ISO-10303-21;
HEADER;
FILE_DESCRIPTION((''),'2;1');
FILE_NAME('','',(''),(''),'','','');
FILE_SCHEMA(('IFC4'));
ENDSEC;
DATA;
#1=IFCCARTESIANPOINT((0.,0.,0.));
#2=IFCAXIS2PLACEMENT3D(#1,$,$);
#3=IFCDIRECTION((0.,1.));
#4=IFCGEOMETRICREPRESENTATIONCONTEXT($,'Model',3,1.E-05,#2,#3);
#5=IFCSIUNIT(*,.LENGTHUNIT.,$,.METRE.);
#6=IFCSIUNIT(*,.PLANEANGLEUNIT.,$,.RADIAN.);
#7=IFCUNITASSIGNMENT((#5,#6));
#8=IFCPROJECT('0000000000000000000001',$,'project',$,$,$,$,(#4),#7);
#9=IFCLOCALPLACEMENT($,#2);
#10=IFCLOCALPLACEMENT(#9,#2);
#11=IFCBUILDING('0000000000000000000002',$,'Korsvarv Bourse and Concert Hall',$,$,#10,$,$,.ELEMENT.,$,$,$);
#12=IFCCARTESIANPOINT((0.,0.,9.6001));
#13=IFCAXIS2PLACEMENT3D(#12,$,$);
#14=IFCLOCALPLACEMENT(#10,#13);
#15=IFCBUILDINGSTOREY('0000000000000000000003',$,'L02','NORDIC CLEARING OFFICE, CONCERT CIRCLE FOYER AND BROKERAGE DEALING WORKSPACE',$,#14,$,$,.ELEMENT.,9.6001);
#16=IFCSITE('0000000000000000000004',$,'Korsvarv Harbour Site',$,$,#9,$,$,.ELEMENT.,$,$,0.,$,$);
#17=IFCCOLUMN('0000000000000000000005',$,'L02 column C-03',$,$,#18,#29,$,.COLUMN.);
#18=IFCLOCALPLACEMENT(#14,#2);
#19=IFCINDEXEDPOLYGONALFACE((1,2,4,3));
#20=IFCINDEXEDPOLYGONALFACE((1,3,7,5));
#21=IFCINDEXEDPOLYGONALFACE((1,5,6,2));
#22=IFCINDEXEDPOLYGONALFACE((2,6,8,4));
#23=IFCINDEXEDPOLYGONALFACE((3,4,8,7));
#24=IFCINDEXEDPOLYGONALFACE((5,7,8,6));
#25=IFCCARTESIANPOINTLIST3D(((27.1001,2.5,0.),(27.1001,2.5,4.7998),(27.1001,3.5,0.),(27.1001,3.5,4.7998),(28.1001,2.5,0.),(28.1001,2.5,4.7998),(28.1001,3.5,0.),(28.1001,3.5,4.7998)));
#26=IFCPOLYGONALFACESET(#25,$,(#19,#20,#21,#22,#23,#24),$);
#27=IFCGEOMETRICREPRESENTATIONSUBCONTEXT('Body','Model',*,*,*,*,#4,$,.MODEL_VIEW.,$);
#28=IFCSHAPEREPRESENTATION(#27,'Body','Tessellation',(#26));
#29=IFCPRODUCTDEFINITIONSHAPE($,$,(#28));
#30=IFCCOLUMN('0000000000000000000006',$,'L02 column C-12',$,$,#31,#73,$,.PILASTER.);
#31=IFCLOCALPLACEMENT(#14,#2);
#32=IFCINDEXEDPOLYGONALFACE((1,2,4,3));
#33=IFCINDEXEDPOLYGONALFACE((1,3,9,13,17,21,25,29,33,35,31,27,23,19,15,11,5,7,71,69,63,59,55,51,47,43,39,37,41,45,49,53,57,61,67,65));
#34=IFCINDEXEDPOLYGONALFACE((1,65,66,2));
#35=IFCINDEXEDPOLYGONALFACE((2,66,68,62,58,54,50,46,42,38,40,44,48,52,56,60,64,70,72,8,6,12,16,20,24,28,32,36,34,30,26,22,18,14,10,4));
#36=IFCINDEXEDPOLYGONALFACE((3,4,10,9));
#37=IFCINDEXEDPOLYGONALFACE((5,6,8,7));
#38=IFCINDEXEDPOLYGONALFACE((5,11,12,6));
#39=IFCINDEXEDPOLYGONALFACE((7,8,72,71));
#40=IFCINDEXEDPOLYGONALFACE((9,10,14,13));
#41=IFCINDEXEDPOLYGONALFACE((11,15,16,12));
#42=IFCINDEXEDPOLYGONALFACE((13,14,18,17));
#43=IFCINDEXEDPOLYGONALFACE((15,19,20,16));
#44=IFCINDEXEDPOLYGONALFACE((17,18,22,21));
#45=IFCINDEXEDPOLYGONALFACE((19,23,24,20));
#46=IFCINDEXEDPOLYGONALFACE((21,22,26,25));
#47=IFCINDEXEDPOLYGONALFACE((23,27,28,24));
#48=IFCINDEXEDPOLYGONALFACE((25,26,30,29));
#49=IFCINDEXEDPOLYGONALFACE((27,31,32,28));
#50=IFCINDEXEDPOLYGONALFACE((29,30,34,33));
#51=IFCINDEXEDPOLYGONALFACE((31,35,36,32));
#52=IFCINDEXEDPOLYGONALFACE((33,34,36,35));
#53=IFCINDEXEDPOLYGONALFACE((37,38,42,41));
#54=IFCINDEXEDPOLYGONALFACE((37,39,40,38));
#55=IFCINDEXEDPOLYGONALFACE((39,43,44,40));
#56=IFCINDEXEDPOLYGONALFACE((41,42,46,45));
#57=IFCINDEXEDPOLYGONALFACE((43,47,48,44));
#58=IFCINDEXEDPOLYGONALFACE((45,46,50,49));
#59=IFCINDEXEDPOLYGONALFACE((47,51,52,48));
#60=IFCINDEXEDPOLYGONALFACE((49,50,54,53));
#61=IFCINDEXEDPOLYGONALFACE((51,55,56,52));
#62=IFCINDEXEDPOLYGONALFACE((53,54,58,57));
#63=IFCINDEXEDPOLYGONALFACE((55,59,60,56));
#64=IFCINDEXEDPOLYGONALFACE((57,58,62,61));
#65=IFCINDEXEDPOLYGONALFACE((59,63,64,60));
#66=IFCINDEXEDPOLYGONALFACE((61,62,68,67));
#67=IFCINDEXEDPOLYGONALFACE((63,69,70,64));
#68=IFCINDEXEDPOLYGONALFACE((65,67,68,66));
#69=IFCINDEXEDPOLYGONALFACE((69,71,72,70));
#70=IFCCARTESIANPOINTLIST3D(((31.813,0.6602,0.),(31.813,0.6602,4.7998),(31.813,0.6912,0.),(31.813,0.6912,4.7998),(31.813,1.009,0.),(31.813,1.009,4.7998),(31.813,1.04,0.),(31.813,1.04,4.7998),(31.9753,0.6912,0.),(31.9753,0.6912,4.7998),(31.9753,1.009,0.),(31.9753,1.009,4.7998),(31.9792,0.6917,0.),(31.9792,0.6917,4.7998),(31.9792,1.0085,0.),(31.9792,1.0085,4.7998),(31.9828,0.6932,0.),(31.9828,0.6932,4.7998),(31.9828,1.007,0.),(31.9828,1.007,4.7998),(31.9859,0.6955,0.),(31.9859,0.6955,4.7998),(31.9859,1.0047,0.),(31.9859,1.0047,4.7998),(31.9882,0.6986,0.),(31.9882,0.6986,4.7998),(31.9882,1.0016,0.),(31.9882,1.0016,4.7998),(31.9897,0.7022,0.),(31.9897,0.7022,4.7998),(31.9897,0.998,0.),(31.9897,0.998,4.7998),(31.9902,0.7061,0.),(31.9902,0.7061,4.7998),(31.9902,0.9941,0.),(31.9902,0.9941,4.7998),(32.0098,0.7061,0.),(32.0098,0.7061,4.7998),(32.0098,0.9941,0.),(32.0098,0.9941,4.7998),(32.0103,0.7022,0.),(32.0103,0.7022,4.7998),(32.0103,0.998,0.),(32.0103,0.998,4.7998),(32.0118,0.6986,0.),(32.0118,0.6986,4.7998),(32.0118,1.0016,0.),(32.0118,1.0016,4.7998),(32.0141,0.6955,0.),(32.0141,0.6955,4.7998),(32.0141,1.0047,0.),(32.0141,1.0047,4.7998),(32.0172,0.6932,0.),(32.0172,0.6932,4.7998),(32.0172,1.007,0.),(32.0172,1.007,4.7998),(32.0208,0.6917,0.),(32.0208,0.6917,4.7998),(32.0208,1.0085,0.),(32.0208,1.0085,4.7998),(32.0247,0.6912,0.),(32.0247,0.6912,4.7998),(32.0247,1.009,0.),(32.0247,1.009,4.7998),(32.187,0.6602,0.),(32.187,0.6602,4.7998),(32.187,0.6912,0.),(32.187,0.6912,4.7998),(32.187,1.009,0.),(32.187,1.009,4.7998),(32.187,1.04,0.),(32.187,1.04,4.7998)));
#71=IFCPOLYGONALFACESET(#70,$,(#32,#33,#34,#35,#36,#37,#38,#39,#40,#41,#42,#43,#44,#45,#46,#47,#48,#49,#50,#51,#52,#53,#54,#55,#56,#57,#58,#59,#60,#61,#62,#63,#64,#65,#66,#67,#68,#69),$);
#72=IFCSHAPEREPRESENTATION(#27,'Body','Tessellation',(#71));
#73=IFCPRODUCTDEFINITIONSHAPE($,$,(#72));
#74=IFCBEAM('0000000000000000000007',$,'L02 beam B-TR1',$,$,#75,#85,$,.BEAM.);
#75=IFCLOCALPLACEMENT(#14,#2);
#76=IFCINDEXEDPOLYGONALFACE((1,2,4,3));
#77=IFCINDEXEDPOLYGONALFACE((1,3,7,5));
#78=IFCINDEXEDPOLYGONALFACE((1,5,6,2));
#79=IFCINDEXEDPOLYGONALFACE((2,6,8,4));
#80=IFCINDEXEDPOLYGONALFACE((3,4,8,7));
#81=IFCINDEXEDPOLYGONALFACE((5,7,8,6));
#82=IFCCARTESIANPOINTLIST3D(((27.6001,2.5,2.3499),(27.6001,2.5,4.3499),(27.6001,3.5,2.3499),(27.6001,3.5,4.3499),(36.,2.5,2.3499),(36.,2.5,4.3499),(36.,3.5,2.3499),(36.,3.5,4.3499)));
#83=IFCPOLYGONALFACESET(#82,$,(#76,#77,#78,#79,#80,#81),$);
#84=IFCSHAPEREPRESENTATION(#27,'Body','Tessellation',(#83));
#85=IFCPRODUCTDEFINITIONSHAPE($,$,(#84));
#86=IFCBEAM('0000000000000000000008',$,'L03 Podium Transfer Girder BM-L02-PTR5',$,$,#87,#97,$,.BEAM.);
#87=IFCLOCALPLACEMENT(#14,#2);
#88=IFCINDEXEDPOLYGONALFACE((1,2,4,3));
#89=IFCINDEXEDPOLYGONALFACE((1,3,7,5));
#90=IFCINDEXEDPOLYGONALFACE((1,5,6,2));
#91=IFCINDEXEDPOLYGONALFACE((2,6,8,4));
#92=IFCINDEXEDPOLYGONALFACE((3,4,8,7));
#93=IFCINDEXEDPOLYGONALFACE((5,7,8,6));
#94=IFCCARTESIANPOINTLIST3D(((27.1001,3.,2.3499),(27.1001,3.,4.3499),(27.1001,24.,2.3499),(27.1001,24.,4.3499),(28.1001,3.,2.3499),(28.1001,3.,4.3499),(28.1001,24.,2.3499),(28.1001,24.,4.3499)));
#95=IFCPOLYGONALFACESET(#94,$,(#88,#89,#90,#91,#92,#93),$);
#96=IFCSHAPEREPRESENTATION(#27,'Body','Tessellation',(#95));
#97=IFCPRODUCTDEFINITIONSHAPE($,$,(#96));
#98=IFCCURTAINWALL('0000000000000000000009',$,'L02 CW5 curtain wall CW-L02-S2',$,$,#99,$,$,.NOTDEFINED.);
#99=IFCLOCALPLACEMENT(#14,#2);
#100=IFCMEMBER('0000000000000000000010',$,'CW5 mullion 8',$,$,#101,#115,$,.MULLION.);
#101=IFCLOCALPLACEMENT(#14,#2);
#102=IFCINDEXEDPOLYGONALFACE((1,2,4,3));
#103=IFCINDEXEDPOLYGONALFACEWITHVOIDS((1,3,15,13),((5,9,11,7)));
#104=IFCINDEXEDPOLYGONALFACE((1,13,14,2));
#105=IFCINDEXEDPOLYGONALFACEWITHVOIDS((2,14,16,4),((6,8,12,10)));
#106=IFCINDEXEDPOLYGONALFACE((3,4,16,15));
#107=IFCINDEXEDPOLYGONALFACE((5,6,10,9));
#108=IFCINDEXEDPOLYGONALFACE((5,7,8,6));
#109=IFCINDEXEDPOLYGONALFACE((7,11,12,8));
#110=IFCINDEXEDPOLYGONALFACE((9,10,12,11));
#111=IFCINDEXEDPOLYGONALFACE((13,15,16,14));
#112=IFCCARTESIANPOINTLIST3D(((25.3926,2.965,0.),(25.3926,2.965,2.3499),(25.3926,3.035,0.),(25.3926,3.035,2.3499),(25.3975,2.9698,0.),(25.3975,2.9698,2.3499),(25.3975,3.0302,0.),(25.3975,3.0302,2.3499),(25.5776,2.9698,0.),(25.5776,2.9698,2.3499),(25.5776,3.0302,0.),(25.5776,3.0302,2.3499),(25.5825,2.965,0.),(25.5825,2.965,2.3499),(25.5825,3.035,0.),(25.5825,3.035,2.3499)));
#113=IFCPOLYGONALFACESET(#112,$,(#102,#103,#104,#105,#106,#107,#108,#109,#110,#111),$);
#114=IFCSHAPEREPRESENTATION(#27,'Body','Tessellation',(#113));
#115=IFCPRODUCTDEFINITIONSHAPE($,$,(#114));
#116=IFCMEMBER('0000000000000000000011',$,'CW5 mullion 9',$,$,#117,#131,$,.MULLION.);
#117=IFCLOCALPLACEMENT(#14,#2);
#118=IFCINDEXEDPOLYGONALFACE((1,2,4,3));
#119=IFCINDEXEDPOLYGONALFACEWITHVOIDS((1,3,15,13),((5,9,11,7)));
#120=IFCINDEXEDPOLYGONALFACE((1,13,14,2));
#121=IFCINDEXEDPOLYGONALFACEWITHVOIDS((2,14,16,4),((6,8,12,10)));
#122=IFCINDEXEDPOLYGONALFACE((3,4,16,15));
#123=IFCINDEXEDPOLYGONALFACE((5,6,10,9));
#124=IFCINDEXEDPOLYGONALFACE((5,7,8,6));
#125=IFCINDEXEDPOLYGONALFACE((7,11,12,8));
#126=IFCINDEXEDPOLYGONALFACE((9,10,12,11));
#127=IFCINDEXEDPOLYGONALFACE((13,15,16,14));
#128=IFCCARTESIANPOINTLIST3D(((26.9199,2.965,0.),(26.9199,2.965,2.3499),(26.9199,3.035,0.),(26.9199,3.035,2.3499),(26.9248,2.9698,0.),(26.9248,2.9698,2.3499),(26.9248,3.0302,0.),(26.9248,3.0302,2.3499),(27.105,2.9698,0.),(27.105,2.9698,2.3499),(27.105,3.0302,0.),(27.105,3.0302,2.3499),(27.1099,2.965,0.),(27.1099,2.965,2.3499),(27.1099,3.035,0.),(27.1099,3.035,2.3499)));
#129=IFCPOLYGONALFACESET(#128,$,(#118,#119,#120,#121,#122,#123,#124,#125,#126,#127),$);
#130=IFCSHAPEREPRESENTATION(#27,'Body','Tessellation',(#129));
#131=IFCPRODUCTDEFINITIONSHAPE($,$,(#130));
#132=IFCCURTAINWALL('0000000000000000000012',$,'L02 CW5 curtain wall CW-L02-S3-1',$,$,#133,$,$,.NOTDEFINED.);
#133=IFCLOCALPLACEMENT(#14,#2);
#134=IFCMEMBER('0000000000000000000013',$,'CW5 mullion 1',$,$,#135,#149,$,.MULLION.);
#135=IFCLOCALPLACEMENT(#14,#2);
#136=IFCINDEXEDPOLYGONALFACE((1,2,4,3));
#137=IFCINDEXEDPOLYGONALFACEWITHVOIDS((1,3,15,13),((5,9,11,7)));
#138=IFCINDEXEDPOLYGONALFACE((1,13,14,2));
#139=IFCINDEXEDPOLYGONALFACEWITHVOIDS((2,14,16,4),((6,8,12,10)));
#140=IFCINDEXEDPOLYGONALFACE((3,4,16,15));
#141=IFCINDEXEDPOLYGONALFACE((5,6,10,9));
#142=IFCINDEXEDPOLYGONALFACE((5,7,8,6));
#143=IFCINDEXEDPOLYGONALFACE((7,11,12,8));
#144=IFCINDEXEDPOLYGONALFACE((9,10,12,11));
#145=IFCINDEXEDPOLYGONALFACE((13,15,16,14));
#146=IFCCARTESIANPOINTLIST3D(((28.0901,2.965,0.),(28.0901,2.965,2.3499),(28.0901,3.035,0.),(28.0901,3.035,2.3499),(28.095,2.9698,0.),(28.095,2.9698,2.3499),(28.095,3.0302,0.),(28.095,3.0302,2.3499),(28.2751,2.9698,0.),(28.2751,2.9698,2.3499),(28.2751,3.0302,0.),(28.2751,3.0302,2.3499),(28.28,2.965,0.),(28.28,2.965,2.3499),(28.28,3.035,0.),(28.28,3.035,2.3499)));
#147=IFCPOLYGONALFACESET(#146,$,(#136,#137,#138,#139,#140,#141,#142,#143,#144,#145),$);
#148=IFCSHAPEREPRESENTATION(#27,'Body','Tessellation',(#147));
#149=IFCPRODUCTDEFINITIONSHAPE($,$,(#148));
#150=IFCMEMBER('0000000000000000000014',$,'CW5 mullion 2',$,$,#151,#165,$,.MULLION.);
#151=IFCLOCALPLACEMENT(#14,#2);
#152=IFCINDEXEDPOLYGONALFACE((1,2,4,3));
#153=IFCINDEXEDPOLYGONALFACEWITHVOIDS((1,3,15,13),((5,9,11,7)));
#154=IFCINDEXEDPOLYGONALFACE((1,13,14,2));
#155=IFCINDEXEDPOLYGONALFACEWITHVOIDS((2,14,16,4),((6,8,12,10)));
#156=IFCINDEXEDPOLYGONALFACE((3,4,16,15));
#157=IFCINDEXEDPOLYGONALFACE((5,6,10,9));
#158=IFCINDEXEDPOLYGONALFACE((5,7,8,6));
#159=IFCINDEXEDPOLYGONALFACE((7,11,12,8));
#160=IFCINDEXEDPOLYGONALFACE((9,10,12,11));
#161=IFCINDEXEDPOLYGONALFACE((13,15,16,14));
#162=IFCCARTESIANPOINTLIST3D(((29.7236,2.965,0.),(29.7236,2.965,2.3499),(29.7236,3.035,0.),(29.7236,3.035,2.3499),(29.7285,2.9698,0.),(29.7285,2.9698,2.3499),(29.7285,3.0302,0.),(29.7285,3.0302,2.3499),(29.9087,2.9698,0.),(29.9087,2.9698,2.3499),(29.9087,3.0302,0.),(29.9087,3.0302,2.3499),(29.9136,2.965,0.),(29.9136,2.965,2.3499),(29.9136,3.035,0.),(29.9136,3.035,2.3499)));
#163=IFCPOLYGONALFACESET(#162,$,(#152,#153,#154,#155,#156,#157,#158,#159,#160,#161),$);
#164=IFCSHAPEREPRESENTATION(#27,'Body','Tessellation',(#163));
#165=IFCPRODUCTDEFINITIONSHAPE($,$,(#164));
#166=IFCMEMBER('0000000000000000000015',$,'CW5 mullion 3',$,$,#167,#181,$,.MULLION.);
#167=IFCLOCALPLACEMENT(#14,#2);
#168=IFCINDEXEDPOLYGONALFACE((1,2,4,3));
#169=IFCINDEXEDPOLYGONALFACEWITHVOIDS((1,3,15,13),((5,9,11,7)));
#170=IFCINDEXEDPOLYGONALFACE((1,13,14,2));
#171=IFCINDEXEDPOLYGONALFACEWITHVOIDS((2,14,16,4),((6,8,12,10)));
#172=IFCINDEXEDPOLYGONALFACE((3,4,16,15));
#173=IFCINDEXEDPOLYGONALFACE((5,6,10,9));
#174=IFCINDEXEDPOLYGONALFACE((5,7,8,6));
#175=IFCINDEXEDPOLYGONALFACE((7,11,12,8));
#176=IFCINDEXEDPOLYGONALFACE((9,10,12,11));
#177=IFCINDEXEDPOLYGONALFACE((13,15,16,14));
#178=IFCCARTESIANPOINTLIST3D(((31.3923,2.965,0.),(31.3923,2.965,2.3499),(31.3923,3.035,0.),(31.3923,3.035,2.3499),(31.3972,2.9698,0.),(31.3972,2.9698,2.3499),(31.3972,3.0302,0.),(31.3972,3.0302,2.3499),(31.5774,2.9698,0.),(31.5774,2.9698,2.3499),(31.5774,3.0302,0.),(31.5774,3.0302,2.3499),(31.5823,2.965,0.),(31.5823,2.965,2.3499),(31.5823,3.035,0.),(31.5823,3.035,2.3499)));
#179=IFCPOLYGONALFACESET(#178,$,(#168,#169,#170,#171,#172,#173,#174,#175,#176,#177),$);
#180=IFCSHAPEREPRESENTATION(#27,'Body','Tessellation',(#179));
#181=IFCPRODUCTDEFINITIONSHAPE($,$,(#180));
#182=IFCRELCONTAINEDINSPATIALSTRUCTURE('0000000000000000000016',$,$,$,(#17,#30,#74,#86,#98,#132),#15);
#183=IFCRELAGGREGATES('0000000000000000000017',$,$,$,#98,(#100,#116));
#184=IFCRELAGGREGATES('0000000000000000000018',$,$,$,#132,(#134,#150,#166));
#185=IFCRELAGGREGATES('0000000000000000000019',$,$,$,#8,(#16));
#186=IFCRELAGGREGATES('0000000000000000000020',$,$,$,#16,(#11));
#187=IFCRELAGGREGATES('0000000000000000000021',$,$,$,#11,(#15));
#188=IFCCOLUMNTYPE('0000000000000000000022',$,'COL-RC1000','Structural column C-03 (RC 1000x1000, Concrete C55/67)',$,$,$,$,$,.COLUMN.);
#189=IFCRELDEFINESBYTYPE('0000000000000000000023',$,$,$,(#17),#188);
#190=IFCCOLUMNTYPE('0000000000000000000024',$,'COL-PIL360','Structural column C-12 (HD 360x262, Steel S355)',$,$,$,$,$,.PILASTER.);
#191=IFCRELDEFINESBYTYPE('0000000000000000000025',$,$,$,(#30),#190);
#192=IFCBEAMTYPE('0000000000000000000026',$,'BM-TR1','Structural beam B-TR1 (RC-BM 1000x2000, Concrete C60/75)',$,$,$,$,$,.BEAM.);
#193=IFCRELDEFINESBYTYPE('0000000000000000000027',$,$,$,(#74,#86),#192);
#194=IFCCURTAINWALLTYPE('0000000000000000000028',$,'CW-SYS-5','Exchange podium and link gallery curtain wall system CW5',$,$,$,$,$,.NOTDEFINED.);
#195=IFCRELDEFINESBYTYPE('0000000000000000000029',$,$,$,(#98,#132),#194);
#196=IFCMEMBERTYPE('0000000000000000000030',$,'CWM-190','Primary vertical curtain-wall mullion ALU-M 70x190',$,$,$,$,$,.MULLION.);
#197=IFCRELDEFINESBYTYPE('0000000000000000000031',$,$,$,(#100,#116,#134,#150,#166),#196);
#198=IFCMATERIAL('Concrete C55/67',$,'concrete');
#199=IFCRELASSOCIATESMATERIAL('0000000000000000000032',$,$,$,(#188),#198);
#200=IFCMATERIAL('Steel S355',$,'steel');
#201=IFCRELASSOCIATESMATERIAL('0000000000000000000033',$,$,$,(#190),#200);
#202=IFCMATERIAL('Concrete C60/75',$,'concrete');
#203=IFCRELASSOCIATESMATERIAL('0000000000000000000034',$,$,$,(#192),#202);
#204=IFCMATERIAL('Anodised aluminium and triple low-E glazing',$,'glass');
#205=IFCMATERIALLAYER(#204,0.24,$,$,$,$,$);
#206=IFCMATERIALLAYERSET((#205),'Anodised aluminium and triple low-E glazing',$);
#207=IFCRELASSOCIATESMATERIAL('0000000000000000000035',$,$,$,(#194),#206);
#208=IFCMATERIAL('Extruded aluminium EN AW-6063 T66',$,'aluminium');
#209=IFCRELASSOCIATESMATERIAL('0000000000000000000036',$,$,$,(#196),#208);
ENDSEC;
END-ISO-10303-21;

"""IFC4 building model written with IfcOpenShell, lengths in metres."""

from ifc_helpers import new_model, si_unit, direction, frame, origin, origin_2d, place, context, subcontext, project, spatial, rectangle, hollow_rectangle, i_section, extrude, source, transform, mapped, material, layer, layer_set, material_profile, profile_set, type_object, element, aggregate, save


model = new_model("IFC4")

# Units and contexts
model_context = context("Model", 3, precision=1e-05, world=origin(), true_north=direction((0.0, 1.0)))
body_context = subcontext(model_context, "Body", "Model", "MODEL_VIEW")
ifc_project = project(units=[si_unit("LENGTHUNIT", "METRE"), si_unit("PLANEANGLEUNIT", "RADIAN")], contexts=[model_context])

# Site, building, storey
site_placement = place(None, origin())
site = spatial("IfcSite", under=ifc_project, at=site_placement, Name="Korsvarv Harbour Site", CompositionType="ELEMENT", RefElevation=0.0)
building_placement = place(site_placement, origin())
building = spatial("IfcBuilding", under=site, at=building_placement, Name="Korsvarv Bourse and Concert Hall", CompositionType="ELEMENT")
storey_placement = place(building_placement, frame((0.0, 0.0, 9.6001)))
storey = spatial("IfcBuildingStorey", under=building, at=storey_placement, Name="L02", Description="NORDIC CLEARING OFFICE, CONCERT CIRCLE FOYER AND BROKERAGE DEALING WORKSPACE", CompositionType="ELEMENT", Elevation=9.6001)

# Columns
ifc_material_1 = material(Name="Concrete C55/67", Category="concrete")
ifc_material_profile_1 = material_profile(ifc_material_1, rectangle(XDim=1.0, YDim=1.0, at=origin_2d()), Name="RC 1000x1000")
ifc_profile_set_1 = profile_set([ifc_material_profile_1], Name="Concrete C55/67")
column_type_1 = type_object("IfcColumnType", Name="COL-RC1000", Description="Structural column C-03 (RC 1000x1000, Concrete C55/67)", PredefinedType="COLUMN", material=ifc_profile_set_1)
shared_shape_1 = source(origin(), body_context, "Body", "SweptSolid", [
    extrude(rectangle(XDim=1.0, YDim=1.0, at=origin_2d()), origin(), (0.0, 0.0, 1.0), 4.7998),
])
column_1_placement = place(storey_placement, frame((27.6001, 3.0, 0.0), z_axis=(0.0, 0.0, 1.0), x_axis=(1.0, 0.0, 0.0)))
element("IfcColumn", 1, at=column_1_placement, inside=storey, type_object=column_type_1, Name="L02 column C-03", PredefinedType="COLUMN", context=body_context, shape_type="MappedRepresentation", body=[
    mapped(shared_shape_1, transform((0.0, 0.0, 0.0), scale=1.0)),
])
ifc_material_2 = material(Name="Steel S355", Category="steel")
ifc_material_profile_2 = material_profile(ifc_material_2, i_section(OverallWidth=0.374, OverallDepth=0.3799, WebThickness=0.0195, FlangeThickness=0.031, FilletRadius=0.0149, at=origin_2d()), Name="HD 360x262")
ifc_profile_set_2 = profile_set([ifc_material_profile_2], Name="Steel S355")
column_type_2 = type_object("IfcColumnType", Name="COL-PIL360", Description="Structural column C-12 (HD 360x262, Steel S355)", PredefinedType="PILASTER", material=ifc_profile_set_2)
shared_shape_2 = source(origin(), body_context, "Body", "SweptSolid", [
    extrude(i_section(OverallWidth=0.374, OverallDepth=0.3799, WebThickness=0.0195, FlangeThickness=0.031, FilletRadius=0.0149, at=origin_2d()), origin(), (0.0, 0.0, 1.0), 4.7998),
])
column_2_placement = place(storey_placement, frame((32.0, 0.8501, 0.0), z_axis=(0.0, 0.0, 1.0), x_axis=(1.0, 0.0, 0.0)))
element("IfcColumn", 2, at=column_2_placement, inside=storey, type_object=column_type_2, Name="L02 column C-12", PredefinedType="PILASTER", context=body_context, shape_type="MappedRepresentation", body=[
    mapped(shared_shape_2, transform((0.0, 0.0, 0.0), scale=1.0)),
])

# Beams
ifc_material_3 = material(Name="Concrete C60/75", Category="concrete")
ifc_material_profile_3 = material_profile(ifc_material_3, rectangle(XDim=1.0, YDim=2.0, at=origin_2d()), Name="RC-BM 1000x2000")
ifc_profile_set_3 = profile_set([ifc_material_profile_3], Name="Concrete C60/75")
beam_type = type_object("IfcBeamType", Name="BM-TR1", Description="Structural beam B-TR1 (RC-BM 1000x2000, Concrete C60/75)", PredefinedType="BEAM", material=ifc_profile_set_3)
shared_shape_3 = source(origin(), body_context, "Body", "SweptSolid", [
    extrude(rectangle(XDim=1.0, YDim=2.0, at=origin_2d()), origin(), (0.0, 0.0, 1.0), 8.3999),
])
beam_1_placement = place(storey_placement, frame((27.6001, 3.0, 3.3499), z_axis=(1.0, 0.0, 0.0), x_axis=(0.0, 1.0, 0.0)))
element("IfcBeam", 3, at=beam_1_placement, inside=storey, type_object=beam_type, Name="L02 beam B-TR1", PredefinedType="BEAM", context=body_context, shape_type="MappedRepresentation", body=[
    mapped(shared_shape_3, transform((0.0, 0.0, 0.0), scale=1.0)),
])
shared_shape_4 = source(origin(), body_context, "Body", "SweptSolid", [
    extrude(rectangle(XDim=1.0, YDim=2.0, at=origin_2d()), origin(), (0.0, 0.0, 1.0), 21.0),
])
beam_2_placement = place(storey_placement, frame((27.6001, 3.0, 3.3499), z_axis=(0.0, 1.0, 0.0), x_axis=(-1.0, 0.0, 0.0)))
element("IfcBeam", 4, at=beam_2_placement, inside=storey, type_object=beam_type, Name="L03 Podium Transfer Girder BM-L02-PTR5", PredefinedType="BEAM", context=body_context, shape_type="MappedRepresentation", body=[
    mapped(shared_shape_4, transform((0.0, 0.0, 0.0), scale=1.0)),
])

# Curtain walls, members
ifc_material_4 = material(Name="Anodised aluminium and triple low-E glazing", Category="glass")
ifc_layer_1 = layer(ifc_material_4, 0.24)
ifc_layer_set_1 = layer_set([ifc_layer_1], Name="Anodised aluminium and triple low-E glazing")
curtain_wall_type = type_object("IfcCurtainWallType", Name="CW-SYS-5", Description="Exchange podium and link gallery curtain wall system CW5", PredefinedType="NOTDEFINED", material=ifc_layer_set_1)
curtain_wall_1_placement = place(storey_placement, origin())
curtain_wall_1 = element("IfcCurtainWall", 5, at=curtain_wall_1_placement, inside=storey, type_object=curtain_wall_type, Name="L02 CW5 curtain wall CW-L02-S2", PredefinedType="NOTDEFINED")
ifc_material_5 = material(Name="Extruded aluminium EN AW-6063 T66", Category="aluminium")
ifc_material_profile_4 = material_profile(ifc_material_5, hollow_rectangle(XDim=0.0701, YDim=0.1899, WallThickness=0.0049, at=origin_2d()), Name="ALU-M 70x190")
ifc_profile_set_4 = profile_set([ifc_material_profile_4], Name="Extruded aluminium EN AW-6063 T66")
member_type_1 = type_object("IfcMemberType", Name="CWM-190", Description="Primary vertical curtain-wall mullion ALU-M 70x190", PredefinedType="MULLION", material=ifc_profile_set_4)
shared_shape_5 = source(origin(), body_context, "Body", "SweptSolid", [
    extrude(hollow_rectangle(XDim=0.0701, YDim=0.1899, WallThickness=0.0049, at=origin_2d()), origin(), (0.0, 0.0, 1.0), 2.3499),
])
member_1_placement = place(storey_placement, frame((25.4875, 3.0, 0.0), z_axis=(0.0, 0.0, 1.0), x_axis=(0.0, 1.0, 0.0)))
member_1 = element("IfcMember", 6, at=member_1_placement, type_object=member_type_1, Name="CW5 mullion 8", PredefinedType="MULLION", context=body_context, shape_type="MappedRepresentation", body=[
    mapped(shared_shape_5, transform((0.0, 0.0, 0.0), scale=1.0)),
])
member_2_placement = place(storey_placement, frame((27.0149, 3.0, 0.0), z_axis=(0.0, 0.0, 1.0), x_axis=(0.0, 1.0, 0.0)))
member_2 = element("IfcMember", 7, at=member_2_placement, type_object=member_type_1, Name="CW5 mullion 9", PredefinedType="MULLION", context=body_context, shape_type="MappedRepresentation", body=[
    mapped(shared_shape_5, transform((0.0, 0.0, 0.0), scale=1.0)),
])
curtain_wall_2_placement = place(storey_placement, origin())
curtain_wall_2 = element("IfcCurtainWall", 8, at=curtain_wall_2_placement, inside=storey, type_object=curtain_wall_type, Name="L02 CW5 curtain wall CW-L02-S3-1", PredefinedType="NOTDEFINED")
member_3_placement = place(storey_placement, frame((28.1851, 3.0, 0.0), z_axis=(0.0, 0.0, 1.0), x_axis=(0.0, 1.0, 0.0)))
member_3 = element("IfcMember", 9, at=member_3_placement, type_object=member_type_1, Name="CW5 mullion 1", PredefinedType="MULLION", context=body_context, shape_type="MappedRepresentation", body=[
    mapped(shared_shape_5, transform((0.0, 0.0, 0.0), scale=1.0)),
])
member_4_placement = place(storey_placement, frame((29.8186, 3.0, 0.0), z_axis=(0.0, 0.0, 1.0), x_axis=(0.0, 1.0, 0.0)))
member_4 = element("IfcMember", 10, at=member_4_placement, type_object=member_type_1, Name="CW5 mullion 2", PredefinedType="MULLION", context=body_context, shape_type="MappedRepresentation", body=[
    mapped(shared_shape_5, transform((0.0, 0.0, 0.0), scale=1.0)),
])
member_5_placement = place(storey_placement, frame((31.4873, 3.0, 0.0), z_axis=(0.0, 0.0, 1.0), x_axis=(0.0, 1.0, 0.0)))
member_5 = element("IfcMember", 11, at=member_5_placement, type_object=member_type_1, Name="CW5 mullion 3", PredefinedType="MULLION", context=body_context, shape_type="MappedRepresentation", body=[
    mapped(shared_shape_5, transform((0.0, 0.0, 0.0), scale=1.0)),
])

aggregate(curtain_wall_1, [member_1, member_2])
aggregate(curtain_wall_2, [member_3, member_4, member_5])

save(model, "model.ifc")
